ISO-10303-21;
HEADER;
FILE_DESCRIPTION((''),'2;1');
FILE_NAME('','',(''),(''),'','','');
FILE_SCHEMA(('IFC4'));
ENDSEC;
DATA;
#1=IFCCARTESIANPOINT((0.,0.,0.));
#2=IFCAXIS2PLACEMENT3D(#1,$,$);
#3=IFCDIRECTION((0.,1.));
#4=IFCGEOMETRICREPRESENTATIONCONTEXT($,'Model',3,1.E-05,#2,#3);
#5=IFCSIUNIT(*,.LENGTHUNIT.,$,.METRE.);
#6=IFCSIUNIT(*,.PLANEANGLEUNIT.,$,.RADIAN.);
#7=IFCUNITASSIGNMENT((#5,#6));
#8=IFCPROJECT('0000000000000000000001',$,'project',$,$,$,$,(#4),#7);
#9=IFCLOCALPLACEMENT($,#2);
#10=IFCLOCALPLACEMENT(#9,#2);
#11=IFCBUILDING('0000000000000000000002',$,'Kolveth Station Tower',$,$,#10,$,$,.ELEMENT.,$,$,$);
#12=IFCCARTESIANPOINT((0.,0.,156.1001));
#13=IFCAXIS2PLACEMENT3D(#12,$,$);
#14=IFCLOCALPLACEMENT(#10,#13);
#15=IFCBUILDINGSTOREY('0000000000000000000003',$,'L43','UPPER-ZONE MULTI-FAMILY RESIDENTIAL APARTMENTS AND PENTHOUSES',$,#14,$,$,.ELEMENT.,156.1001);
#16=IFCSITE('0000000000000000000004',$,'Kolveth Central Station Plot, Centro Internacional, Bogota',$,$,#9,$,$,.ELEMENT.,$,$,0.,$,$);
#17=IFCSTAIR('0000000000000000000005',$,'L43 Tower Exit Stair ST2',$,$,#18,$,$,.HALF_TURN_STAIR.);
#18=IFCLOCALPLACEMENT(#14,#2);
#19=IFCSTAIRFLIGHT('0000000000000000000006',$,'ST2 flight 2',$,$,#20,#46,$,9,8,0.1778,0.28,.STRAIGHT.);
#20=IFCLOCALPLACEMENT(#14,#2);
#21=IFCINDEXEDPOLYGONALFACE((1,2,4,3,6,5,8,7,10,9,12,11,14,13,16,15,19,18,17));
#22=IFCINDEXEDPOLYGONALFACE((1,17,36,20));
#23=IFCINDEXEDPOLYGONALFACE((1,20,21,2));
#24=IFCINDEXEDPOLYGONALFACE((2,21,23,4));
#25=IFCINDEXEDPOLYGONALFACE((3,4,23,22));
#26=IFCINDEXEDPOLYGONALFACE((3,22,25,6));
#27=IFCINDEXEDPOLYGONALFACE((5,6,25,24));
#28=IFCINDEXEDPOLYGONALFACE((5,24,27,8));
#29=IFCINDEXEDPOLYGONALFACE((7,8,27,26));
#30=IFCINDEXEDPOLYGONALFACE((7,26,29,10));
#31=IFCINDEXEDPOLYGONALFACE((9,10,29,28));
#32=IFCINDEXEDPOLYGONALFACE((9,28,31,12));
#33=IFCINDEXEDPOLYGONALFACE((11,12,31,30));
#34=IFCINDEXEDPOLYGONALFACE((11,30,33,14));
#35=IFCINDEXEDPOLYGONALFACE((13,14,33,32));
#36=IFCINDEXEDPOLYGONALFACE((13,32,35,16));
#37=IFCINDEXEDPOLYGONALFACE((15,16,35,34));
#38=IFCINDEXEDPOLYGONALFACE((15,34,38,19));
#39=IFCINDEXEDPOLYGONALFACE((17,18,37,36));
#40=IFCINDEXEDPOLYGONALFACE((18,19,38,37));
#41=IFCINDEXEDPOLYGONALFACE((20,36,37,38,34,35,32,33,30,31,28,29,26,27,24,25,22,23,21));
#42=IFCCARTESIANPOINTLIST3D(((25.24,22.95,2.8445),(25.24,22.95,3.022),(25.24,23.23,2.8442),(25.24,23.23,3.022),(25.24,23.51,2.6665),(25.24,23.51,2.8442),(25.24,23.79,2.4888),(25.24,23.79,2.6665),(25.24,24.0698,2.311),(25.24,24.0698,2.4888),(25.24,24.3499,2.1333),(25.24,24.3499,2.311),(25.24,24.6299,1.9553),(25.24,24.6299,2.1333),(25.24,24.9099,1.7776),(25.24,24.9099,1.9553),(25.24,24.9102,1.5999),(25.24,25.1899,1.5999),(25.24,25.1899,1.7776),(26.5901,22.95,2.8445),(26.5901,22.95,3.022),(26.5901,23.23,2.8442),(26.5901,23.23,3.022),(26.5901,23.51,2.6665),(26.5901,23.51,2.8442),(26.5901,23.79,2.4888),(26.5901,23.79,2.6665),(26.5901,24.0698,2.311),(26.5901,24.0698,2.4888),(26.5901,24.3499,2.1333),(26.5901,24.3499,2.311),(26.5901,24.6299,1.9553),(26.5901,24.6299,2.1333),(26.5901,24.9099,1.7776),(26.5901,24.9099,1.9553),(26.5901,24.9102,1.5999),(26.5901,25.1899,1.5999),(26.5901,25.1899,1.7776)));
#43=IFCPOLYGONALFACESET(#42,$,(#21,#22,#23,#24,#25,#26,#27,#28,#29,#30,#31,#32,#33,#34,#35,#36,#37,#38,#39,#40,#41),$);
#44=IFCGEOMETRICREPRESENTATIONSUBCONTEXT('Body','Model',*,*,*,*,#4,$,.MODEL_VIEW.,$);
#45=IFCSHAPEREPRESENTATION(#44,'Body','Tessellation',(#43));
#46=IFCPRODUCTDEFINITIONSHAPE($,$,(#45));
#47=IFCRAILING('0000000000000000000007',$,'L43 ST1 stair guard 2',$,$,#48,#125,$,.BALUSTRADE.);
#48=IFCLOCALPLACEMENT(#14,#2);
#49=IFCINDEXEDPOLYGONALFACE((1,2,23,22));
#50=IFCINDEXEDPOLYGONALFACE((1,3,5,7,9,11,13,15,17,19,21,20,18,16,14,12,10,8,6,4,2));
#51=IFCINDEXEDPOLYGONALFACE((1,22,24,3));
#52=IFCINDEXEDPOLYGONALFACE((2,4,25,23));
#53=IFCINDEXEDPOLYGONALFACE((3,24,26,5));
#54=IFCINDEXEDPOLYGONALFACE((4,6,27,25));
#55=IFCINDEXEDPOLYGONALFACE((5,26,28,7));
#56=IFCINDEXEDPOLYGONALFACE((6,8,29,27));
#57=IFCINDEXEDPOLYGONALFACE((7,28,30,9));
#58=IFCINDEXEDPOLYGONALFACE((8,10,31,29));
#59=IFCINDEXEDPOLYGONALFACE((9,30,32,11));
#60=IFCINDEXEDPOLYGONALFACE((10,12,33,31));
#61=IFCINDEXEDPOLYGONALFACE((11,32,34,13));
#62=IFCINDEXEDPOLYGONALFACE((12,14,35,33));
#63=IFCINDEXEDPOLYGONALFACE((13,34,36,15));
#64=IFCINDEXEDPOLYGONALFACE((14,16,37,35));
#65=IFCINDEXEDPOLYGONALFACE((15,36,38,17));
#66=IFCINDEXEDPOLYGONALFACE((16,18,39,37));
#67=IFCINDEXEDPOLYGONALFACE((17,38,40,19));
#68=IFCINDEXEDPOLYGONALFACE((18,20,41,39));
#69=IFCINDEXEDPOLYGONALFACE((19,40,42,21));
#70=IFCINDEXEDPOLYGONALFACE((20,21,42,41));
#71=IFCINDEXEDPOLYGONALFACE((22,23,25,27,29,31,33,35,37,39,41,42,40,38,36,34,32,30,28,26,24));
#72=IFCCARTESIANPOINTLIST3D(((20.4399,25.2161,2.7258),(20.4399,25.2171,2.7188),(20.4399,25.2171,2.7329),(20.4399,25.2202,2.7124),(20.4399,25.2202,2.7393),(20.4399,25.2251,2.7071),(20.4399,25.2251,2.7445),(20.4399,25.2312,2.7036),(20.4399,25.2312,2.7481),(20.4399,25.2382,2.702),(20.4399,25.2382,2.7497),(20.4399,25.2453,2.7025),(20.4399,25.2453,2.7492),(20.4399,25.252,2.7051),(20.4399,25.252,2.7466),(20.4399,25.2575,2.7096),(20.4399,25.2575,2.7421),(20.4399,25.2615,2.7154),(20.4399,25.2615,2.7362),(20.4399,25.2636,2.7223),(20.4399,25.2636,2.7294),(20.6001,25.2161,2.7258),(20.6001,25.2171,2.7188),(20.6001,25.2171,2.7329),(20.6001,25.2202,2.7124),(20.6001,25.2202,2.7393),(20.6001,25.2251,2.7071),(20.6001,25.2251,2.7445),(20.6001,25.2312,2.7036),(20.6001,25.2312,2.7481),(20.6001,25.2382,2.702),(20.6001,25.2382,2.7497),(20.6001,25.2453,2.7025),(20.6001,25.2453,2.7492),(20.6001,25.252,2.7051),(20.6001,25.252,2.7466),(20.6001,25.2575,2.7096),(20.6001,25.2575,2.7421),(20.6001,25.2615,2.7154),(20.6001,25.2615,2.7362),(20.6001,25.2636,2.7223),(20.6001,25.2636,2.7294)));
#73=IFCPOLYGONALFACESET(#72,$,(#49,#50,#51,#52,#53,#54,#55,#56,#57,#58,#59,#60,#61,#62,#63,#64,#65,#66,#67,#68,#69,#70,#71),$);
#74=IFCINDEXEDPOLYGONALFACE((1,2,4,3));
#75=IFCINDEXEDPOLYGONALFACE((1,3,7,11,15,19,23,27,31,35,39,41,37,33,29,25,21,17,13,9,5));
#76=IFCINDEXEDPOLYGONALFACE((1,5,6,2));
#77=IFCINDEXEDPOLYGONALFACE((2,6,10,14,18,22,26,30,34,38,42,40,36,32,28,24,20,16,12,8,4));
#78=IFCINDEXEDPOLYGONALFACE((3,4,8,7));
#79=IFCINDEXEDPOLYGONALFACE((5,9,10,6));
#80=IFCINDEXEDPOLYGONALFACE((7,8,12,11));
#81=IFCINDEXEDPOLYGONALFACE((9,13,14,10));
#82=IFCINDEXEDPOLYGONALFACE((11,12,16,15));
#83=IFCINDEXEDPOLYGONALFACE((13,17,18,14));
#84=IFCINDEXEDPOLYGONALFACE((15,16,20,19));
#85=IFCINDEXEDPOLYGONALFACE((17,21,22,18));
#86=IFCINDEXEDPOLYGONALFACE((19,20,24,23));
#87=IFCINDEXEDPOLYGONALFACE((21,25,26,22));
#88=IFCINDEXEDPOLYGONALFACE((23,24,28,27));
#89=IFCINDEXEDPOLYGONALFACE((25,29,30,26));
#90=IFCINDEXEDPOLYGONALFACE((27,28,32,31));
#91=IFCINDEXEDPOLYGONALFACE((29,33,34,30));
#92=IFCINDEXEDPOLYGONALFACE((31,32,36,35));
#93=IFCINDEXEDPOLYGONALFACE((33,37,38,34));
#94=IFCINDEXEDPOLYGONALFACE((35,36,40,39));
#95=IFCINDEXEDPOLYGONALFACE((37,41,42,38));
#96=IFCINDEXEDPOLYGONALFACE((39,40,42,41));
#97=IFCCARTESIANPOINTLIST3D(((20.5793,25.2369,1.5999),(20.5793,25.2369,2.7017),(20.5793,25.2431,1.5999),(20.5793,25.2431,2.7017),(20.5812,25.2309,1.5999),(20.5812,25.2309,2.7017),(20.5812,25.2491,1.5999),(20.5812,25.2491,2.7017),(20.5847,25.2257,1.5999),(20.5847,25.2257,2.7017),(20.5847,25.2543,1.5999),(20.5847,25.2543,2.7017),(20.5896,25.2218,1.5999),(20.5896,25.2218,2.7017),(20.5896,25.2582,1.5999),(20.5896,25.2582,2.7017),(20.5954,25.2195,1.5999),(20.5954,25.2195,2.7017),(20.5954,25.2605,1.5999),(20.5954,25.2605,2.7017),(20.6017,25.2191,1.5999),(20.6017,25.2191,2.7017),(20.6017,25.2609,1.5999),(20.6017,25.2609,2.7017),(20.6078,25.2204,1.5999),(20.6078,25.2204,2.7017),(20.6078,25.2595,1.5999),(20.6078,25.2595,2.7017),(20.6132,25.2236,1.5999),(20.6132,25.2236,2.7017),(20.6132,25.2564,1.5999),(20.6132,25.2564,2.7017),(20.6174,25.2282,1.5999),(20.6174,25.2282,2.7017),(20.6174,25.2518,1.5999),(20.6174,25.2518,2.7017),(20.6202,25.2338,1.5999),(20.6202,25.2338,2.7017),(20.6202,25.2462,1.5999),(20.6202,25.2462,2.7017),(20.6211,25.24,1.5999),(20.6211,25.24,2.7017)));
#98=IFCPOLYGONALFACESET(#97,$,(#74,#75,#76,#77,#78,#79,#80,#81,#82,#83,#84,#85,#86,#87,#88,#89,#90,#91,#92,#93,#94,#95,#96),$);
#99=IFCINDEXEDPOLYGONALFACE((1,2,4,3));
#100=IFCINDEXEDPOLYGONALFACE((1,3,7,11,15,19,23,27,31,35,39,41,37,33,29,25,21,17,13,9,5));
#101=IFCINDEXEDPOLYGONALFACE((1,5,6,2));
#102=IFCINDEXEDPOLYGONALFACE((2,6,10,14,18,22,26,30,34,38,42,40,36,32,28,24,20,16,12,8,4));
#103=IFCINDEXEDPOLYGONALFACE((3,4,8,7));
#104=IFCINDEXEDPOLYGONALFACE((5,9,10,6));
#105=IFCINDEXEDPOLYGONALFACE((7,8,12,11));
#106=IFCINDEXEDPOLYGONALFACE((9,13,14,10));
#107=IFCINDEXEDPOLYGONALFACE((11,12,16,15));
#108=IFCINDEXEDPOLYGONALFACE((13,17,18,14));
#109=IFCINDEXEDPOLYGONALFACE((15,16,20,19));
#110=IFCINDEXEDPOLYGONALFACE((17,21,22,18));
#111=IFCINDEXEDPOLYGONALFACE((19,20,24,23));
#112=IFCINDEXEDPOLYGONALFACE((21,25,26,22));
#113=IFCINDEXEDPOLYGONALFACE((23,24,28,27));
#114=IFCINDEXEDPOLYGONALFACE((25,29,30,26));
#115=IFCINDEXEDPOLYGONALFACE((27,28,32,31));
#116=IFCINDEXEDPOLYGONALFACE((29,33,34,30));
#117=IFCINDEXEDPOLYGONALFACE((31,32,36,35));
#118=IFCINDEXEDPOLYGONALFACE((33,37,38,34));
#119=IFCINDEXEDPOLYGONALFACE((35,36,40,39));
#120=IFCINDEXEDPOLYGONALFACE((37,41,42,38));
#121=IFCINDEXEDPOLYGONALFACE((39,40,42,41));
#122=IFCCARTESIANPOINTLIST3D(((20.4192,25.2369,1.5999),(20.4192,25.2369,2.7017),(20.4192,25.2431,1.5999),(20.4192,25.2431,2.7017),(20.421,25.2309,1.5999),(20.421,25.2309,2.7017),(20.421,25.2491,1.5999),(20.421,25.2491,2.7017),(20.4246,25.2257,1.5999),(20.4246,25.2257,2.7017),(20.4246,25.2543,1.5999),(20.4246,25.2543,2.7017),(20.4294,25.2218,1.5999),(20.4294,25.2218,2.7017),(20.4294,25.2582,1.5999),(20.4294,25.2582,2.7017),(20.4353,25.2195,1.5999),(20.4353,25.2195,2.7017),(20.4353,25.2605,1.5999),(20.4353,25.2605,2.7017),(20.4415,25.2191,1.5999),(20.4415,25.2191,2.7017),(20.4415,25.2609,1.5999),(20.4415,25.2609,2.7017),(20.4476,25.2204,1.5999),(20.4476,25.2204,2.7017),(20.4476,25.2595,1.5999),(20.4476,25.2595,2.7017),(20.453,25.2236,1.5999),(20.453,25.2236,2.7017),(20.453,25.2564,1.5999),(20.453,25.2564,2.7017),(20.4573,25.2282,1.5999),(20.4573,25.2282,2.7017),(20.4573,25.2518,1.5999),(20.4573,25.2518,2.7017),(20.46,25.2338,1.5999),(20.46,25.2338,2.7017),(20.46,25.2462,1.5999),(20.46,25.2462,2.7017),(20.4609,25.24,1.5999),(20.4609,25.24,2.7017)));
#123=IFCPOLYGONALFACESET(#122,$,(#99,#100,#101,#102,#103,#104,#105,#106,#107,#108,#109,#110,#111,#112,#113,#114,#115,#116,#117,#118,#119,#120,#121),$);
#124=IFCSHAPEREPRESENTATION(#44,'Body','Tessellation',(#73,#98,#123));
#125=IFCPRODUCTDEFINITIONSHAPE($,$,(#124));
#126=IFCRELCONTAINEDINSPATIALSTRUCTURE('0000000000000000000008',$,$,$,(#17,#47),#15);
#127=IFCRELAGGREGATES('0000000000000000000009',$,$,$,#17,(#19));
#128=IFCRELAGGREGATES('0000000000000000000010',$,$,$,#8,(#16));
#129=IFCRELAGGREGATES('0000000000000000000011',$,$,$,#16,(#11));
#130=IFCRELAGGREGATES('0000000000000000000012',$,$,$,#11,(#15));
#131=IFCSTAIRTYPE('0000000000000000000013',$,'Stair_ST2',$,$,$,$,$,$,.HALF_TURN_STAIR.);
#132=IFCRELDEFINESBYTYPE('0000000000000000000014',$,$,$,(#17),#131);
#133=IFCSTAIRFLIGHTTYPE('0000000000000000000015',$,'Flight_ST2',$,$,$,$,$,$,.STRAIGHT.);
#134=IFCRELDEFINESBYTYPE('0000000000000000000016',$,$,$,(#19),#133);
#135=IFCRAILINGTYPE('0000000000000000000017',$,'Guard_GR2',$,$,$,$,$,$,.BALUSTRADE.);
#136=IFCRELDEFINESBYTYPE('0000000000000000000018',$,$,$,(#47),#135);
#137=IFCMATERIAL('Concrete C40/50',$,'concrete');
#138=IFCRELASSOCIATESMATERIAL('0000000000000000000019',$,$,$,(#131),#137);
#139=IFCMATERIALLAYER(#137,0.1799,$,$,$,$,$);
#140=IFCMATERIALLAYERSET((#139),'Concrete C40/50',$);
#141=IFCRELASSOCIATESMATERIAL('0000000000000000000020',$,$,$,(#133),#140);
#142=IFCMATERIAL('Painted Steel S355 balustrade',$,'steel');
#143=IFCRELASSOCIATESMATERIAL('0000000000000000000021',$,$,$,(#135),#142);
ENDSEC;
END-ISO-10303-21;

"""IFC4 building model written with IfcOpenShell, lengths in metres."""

from ifc_helpers import new_model, si_unit, direction, frame, origin, origin_2d, place, context, subcontext, project, spatial, polyline, circle, outline, extrude, material, layer, layer_set, type_object, element, aggregate, save


model = new_model("IFC4")

# Units and contexts
model_context = context("Model", 3, precision=1e-05, world=origin(), true_north=direction((0.0, 1.0)))
body_context = subcontext(model_context, "Body", "Model", "MODEL_VIEW")
ifc_project = project(units=[si_unit("LENGTHUNIT", "METRE"), si_unit("PLANEANGLEUNIT", "RADIAN")], contexts=[model_context])

# Site, building, storey
site_placement = place(None, origin())
site = spatial("IfcSite", under=ifc_project, at=site_placement, Name="Kolveth Central Station Plot, Centro Internacional, Bogota", CompositionType="ELEMENT", RefElevation=0.0)
building_placement = place(site_placement, origin())
building = spatial("IfcBuilding", under=site, at=building_placement, Name="Kolveth Station Tower", CompositionType="ELEMENT")
storey_placement = place(building_placement, frame((0.0, 0.0, 156.1001)))
storey = spatial("IfcBuildingStorey", under=building, at=storey_placement, Name="L43", Description="UPPER-ZONE MULTI-FAMILY RESIDENTIAL APARTMENTS AND PENTHOUSES", CompositionType="ELEMENT", Elevation=156.1001)

# Stair, stair flight
ifc_material_1 = material(Name="Concrete C40/50", Category="concrete")
stair_type_1 = type_object("IfcStairType", Name="Stair_ST2", PredefinedType="HALF_TURN_STAIR", material=ifc_material_1)
stair_1_placement = place(storey_placement, origin())
stair_1 = element("IfcStair", 1, at=stair_1_placement, inside=storey, type_object=stair_type_1, Name="L43 Tower Exit Stair ST2", PredefinedType="HALF_TURN_STAIR")
ifc_layer_1 = layer(ifc_material_1, 0.1799)
ifc_layer_set_1 = layer_set([ifc_layer_1], Name="Concrete C40/50")
stair_flight_type_1 = type_object("IfcStairFlightType", Name="Flight_ST2", PredefinedType="STRAIGHT", material=ifc_layer_set_1)
stair_flight_1_placement = place(storey_placement, frame((25.915, 25.1899, 1.5999), z_axis=(0.0, 0.0, 1.0), x_axis=(0.0, -1.0, 0.0)))
stair_flight_1 = element("IfcStairFlight", 2, at=stair_flight_1_placement, type_object=stair_flight_type_1, Name="ST2 flight 2", NumberOfRisers=9, NumberOfTreads=8, PredefinedType="STRAIGHT", RiserHeight=0.1778, TreadLength=0.28, context=body_context, shape_type="SweptSolid", body=[
    extrude(outline(polyline([(0.0, 0.0), (0.0, 0.1777), (0.28, 0.1777), (0.28, 0.3555), (0.5601, 0.3555), (0.5601, 0.5334), (0.8401, 0.5334), (0.8401, 0.7112), (1.1201, 0.7112), (1.1201, 0.8889), (1.3999, 0.8889), (1.3999, 1.0667), (1.6799, 1.0667), (1.6799, 1.2444), (1.96, 1.2444), (1.96, 1.4221), (2.24, 1.4221), (2.24, 1.6001), (2.24, 1.2446), (0.2798, 0.0), (0.0, 0.0)])), frame((0.0, 0.675, 0.0), z_axis=(0.0, -1.0, 0.0), x_axis=(1.0, 0.0, 0.0)), (0.0, 0.0, 1.0), 1.3501),
])
aggregate(stair_1, [stair_flight_1])

# Railing
ifc_material_2 = material(Name="Painted Steel S355 balustrade", Category="steel")
railing_type_1 = type_object("IfcRailingType", Name="Guard_GR2", PredefinedType="BALUSTRADE", material=ifc_material_2)
railing_1_placement = place(storey_placement, frame((20.6001, 25.24, 1.5999)))
element("IfcRailing", 3, at=railing_1_placement, inside=storey, type_object=railing_type_1, Name="L43 ST1 stair guard 2", PredefinedType="BALUSTRADE", context=body_context, shape_type="SweptSolid", body=[
    extrude(circle(Radius=0.0239, at=origin_2d()), frame((0.0, 0.0, 1.126), z_axis=(-1.0, 0.0, 0.0), x_axis=(0.0, -1.0, 0.0)), (0.0, 0.0, 1.0), 0.1602),
    extrude(circle(Radius=0.021, at=origin_2d()), origin(), (0.0, 0.0, 1.0), 1.1018),
    extrude(circle(Radius=0.021, at=origin_2d()), frame((-0.1602, 0.0, 0.0)), (0.0, 0.0, 1.0), 1.1018),
])

save(model, "model.ifc")
